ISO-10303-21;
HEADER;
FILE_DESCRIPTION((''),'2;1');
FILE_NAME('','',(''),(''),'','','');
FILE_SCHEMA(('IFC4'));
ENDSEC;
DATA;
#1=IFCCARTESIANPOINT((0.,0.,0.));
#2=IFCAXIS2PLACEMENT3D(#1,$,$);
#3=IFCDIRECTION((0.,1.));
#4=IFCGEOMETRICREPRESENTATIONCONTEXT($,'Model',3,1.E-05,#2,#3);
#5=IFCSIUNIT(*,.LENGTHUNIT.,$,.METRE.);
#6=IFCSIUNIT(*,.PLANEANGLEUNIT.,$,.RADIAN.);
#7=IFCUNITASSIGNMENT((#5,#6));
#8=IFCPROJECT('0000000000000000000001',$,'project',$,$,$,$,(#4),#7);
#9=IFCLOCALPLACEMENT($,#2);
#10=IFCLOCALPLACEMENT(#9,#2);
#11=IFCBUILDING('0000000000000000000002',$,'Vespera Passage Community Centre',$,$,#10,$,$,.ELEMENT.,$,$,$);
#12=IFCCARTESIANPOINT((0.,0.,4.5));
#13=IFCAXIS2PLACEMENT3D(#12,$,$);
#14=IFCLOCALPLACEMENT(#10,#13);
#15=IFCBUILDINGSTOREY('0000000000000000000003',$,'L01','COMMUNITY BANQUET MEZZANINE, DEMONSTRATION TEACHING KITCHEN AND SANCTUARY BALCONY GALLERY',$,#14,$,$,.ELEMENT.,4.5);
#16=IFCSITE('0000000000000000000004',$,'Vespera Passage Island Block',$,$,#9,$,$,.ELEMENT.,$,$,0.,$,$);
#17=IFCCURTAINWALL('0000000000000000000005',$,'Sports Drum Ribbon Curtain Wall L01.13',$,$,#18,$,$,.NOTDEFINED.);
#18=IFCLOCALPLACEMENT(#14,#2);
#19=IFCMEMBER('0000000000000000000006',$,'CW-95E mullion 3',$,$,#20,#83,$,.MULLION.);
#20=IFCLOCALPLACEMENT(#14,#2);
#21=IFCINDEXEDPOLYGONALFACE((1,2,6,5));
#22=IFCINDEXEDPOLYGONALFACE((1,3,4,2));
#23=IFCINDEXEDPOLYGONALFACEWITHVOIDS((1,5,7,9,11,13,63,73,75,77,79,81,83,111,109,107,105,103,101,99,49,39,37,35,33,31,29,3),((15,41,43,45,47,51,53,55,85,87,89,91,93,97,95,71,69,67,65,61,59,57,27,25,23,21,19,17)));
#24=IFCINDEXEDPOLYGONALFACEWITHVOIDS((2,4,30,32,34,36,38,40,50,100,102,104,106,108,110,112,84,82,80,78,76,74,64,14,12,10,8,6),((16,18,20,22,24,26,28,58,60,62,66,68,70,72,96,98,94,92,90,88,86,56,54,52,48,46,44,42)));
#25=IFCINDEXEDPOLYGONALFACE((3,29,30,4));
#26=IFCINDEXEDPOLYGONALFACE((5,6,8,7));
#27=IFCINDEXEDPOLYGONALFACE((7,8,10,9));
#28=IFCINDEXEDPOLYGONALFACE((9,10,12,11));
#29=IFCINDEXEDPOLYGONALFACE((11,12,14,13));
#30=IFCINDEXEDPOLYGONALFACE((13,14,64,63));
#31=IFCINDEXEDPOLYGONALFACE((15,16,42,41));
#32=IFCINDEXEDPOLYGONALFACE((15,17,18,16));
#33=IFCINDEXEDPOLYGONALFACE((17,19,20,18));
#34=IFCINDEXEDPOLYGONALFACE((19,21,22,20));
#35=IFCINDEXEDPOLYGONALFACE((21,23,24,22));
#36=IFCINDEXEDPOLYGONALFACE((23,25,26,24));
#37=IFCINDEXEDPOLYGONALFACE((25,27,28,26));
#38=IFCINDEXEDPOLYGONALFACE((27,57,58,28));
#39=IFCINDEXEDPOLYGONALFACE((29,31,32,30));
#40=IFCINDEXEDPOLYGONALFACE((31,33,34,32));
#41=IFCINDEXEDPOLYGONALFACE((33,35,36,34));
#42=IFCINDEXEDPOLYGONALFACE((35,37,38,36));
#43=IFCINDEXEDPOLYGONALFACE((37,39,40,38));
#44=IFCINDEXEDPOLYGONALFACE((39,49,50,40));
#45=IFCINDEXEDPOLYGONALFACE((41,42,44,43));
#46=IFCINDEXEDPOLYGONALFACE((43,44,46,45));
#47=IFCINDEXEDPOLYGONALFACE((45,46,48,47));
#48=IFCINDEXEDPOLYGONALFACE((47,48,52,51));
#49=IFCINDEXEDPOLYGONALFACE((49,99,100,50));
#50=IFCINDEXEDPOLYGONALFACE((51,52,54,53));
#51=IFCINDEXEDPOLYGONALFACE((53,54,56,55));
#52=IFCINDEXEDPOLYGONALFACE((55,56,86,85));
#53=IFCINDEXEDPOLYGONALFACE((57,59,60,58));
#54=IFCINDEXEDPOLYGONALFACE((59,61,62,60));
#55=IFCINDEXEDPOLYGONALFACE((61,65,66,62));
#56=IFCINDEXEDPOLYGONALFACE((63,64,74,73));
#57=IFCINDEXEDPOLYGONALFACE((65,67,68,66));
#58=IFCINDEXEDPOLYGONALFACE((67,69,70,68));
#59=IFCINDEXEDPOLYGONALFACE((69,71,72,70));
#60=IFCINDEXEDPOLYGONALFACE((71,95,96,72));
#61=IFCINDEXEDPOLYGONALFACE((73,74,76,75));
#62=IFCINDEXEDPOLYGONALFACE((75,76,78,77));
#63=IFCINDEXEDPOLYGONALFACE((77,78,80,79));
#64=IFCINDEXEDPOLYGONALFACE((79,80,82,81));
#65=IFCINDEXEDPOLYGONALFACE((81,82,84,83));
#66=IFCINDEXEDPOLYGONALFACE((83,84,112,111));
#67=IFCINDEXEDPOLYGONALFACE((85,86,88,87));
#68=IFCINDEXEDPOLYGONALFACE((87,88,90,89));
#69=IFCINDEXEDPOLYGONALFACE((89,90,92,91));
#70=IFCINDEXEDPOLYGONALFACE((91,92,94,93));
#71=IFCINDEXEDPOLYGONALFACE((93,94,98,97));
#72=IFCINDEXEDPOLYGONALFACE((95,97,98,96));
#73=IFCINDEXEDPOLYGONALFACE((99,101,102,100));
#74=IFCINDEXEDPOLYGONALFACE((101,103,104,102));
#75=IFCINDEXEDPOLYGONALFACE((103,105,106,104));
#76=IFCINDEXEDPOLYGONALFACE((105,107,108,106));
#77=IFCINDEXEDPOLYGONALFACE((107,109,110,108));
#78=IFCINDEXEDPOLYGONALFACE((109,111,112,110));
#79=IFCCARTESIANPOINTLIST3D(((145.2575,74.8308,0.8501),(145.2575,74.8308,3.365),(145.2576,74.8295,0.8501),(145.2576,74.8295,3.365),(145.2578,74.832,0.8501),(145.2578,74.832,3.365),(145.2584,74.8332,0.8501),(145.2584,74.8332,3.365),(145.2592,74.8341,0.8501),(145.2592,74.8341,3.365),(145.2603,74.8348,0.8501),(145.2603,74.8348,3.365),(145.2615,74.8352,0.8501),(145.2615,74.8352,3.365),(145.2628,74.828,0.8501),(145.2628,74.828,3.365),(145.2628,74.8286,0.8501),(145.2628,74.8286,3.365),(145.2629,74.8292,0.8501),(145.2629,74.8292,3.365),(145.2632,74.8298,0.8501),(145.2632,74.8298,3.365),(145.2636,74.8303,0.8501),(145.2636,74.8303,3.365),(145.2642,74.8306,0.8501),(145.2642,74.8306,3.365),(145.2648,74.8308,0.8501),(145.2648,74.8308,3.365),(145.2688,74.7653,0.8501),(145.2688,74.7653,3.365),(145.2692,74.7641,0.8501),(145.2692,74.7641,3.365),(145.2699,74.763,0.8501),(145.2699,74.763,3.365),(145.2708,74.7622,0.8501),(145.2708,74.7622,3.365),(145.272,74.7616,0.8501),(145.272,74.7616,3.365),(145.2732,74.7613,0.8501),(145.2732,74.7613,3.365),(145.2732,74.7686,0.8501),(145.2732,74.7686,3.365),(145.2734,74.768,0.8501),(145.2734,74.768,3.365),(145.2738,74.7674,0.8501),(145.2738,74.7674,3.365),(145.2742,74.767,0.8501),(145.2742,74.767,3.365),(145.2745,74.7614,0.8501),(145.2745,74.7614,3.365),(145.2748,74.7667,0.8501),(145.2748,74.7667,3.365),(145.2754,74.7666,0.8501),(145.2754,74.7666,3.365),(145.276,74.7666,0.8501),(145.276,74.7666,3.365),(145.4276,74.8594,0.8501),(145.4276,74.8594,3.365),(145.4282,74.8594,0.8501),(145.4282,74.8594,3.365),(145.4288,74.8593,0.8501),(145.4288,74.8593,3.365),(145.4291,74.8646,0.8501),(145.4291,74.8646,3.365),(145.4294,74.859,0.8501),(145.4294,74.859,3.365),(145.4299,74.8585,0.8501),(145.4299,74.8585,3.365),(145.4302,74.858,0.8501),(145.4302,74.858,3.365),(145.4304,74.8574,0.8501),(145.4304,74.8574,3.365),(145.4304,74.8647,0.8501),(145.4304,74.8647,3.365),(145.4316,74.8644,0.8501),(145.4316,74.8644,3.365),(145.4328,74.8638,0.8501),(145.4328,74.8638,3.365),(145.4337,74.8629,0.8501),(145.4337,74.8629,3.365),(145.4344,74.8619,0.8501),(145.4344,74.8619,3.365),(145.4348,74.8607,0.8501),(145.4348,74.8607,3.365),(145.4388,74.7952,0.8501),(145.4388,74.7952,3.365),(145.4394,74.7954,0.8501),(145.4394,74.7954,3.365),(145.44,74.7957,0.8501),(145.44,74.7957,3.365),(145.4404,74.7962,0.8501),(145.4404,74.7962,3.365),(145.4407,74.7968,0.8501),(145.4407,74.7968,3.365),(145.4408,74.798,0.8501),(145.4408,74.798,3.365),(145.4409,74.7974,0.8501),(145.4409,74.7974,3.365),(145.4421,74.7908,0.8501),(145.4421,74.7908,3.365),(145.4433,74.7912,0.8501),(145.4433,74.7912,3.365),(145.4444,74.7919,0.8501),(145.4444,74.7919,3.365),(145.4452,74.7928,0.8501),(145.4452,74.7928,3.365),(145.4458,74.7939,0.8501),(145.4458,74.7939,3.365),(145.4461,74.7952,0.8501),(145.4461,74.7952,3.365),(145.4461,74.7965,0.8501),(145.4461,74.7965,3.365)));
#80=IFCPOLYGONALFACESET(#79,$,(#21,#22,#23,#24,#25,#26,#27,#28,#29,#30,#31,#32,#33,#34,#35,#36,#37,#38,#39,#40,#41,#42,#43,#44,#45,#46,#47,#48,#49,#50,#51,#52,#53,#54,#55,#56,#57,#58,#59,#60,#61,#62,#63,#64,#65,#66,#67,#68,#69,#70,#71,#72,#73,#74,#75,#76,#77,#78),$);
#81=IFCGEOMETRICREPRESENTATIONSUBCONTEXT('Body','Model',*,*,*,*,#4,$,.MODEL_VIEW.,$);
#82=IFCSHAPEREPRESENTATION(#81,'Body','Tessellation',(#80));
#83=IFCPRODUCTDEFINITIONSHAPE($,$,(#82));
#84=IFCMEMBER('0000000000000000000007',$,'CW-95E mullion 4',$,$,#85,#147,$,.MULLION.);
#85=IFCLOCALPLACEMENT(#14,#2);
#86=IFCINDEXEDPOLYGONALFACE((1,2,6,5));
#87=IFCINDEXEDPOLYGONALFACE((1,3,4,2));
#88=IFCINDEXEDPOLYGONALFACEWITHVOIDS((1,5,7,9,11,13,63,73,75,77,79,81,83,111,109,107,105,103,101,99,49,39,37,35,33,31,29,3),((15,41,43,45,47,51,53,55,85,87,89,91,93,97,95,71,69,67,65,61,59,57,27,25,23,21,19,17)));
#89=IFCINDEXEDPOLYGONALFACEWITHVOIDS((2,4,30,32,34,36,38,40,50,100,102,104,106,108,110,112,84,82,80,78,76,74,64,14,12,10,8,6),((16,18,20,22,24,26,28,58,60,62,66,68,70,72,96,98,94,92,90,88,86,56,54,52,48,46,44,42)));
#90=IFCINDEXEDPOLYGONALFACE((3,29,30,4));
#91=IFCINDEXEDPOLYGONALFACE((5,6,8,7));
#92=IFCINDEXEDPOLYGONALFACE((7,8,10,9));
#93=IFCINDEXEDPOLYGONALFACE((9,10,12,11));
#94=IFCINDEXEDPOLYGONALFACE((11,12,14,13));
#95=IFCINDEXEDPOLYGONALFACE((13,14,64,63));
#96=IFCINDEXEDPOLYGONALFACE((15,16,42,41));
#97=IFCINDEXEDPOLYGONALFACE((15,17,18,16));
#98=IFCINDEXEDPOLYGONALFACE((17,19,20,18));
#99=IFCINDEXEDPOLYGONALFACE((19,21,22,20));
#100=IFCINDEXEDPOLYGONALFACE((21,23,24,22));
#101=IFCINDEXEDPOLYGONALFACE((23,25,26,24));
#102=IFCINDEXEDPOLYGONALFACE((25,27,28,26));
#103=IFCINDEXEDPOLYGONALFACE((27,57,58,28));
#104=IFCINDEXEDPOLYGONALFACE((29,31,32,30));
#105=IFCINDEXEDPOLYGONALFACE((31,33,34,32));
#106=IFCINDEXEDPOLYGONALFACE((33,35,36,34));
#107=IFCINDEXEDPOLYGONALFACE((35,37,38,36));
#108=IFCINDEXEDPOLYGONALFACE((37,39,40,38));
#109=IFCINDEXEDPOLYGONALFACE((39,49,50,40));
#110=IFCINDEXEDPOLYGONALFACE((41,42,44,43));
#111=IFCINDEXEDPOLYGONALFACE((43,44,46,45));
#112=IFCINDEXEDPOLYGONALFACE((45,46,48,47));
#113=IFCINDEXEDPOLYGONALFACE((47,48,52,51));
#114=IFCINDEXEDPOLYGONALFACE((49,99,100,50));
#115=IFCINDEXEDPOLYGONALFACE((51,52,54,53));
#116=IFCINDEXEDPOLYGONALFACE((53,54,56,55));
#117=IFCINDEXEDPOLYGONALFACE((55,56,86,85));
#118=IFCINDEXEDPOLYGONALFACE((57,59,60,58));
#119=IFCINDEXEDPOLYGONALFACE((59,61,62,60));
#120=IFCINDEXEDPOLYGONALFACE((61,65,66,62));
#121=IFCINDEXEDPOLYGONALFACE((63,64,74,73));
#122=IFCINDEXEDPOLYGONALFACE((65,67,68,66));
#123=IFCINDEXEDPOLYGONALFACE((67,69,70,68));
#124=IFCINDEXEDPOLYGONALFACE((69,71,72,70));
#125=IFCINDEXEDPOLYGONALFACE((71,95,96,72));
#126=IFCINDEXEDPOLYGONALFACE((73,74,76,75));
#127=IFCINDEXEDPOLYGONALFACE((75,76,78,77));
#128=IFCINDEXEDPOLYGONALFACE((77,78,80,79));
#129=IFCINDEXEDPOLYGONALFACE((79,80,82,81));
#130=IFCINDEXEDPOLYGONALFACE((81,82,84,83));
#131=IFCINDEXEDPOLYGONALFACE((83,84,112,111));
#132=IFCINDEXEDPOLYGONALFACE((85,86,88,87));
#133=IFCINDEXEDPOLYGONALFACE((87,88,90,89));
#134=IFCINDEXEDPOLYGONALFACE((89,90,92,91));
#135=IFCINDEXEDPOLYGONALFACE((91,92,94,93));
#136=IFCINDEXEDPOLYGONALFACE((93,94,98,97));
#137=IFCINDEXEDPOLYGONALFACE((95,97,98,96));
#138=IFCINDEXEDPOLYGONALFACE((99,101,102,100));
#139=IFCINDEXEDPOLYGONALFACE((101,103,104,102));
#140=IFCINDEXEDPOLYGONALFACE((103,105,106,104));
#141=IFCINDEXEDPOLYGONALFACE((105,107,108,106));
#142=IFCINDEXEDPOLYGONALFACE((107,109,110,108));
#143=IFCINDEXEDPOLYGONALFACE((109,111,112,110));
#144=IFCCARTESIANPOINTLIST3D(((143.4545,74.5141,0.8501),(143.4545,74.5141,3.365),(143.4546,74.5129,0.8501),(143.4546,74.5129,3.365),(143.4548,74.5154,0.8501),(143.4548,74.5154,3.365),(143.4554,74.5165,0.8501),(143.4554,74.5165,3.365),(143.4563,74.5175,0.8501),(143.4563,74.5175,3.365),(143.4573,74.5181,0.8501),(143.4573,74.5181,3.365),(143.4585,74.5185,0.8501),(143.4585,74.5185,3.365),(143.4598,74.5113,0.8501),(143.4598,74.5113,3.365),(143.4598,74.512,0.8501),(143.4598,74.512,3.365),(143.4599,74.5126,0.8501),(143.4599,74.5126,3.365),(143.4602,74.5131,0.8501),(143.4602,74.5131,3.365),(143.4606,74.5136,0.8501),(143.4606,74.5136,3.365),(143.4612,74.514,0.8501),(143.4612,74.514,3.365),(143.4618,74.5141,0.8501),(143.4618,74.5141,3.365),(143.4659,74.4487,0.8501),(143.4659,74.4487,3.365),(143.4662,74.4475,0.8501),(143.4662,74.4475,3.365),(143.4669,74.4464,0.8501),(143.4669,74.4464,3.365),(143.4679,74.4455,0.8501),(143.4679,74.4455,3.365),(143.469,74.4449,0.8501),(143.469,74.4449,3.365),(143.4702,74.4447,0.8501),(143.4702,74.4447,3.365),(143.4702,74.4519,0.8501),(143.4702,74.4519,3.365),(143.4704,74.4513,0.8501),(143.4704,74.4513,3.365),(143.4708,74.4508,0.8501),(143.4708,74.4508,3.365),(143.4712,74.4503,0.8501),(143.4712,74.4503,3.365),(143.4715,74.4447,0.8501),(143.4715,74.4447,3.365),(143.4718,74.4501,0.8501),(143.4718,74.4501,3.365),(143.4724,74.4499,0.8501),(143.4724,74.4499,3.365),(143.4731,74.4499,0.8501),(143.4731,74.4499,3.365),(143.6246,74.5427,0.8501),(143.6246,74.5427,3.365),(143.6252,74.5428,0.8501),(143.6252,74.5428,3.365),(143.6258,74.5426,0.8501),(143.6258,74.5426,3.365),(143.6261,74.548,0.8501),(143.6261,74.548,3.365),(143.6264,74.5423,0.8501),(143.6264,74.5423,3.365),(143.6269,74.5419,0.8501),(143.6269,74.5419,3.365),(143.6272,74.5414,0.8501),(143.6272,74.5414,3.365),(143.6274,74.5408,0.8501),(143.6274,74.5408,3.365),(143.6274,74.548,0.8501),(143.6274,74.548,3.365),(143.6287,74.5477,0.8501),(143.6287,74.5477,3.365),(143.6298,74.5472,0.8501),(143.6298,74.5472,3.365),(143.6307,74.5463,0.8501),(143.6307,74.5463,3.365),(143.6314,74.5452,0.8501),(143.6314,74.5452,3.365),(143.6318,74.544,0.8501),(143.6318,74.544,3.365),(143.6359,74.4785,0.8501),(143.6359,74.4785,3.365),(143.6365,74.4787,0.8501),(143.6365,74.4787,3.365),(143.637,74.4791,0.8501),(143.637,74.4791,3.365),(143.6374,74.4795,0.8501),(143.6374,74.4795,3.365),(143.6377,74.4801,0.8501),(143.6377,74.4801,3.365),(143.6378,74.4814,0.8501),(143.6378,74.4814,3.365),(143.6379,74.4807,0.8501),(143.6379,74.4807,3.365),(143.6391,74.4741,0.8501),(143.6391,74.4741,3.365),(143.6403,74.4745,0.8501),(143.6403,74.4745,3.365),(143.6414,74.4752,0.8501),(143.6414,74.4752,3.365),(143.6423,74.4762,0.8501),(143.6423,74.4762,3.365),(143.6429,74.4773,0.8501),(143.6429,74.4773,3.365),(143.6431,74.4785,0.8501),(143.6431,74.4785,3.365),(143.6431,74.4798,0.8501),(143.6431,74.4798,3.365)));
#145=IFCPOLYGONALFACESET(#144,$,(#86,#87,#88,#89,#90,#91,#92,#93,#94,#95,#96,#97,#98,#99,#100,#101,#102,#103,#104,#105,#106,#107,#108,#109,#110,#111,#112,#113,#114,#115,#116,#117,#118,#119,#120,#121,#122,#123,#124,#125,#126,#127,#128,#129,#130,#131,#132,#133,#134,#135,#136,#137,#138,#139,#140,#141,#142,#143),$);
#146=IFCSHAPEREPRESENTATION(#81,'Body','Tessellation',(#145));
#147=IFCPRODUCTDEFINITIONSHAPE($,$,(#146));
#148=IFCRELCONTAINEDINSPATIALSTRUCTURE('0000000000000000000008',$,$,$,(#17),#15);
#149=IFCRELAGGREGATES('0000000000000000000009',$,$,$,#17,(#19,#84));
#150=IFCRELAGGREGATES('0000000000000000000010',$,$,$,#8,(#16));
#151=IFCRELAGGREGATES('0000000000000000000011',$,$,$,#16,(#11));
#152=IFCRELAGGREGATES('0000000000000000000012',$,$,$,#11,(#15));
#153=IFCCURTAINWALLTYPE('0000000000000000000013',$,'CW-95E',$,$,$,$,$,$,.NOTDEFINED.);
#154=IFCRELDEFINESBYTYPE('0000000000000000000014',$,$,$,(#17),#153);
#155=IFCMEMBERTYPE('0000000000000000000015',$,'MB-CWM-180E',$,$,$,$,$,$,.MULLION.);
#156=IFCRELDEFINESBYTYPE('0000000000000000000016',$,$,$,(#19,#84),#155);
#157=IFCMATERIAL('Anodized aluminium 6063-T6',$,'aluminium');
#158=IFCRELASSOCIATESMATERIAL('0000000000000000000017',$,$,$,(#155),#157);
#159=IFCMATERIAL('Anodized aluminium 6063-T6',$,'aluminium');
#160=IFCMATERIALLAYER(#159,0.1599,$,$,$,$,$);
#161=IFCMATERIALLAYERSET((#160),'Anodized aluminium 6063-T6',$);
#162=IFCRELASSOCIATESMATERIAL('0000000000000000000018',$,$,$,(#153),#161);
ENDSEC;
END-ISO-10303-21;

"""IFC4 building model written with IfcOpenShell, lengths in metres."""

from ifc_helpers import new_model, si_unit, direction, frame, origin, origin_2d, place, context, subcontext, project, spatial, hollow_rectangle, extrude, material, layer, layer_set, material_profile, profile_set, type_object, element, aggregate, save


model = new_model("IFC4")

# Units and contexts
model_context = context("Model", 3, precision=1e-05, world=origin(), true_north=direction((0.0, 1.0)))
body_context = subcontext(model_context, "Body", "Model", "MODEL_VIEW")
ifc_project = project(units=[si_unit("LENGTHUNIT", "METRE"), si_unit("PLANEANGLEUNIT", "RADIAN")], contexts=[model_context])

# Site, building, storey
site_placement = place(None, origin())
site = spatial("IfcSite", under=ifc_project, at=site_placement, Name="Vespera Passage Island Block", CompositionType="ELEMENT", RefElevation=0.0)
building_placement = place(site_placement, origin())
building = spatial("IfcBuilding", under=site, at=building_placement, Name="Vespera Passage Community Centre", CompositionType="ELEMENT")
storey_placement = place(building_placement, frame((0.0, 0.0, 4.5)))
storey = spatial("IfcBuildingStorey", under=building, at=storey_placement, Name="L01", Description="COMMUNITY BANQUET MEZZANINE, DEMONSTRATION TEACHING KITCHEN AND SANCTUARY BALCONY GALLERY", CompositionType="ELEMENT", Elevation=4.5)

# Curtain wall, members
ifc_material_1 = material(Name="Anodized aluminium 6063-T6", Category="aluminium")
ifc_material_profile_1 = material_profile(ifc_material_1, hollow_rectangle(XDim=0.075, YDim=0.1799, WallThickness=0.0049, InnerFilletRadius=0.0024, OuterFilletRadius=0.0049, at=origin_2d()), Name="ALU180X75X5")
ifc_profile_set_1 = profile_set([ifc_material_profile_1], Name="Anodized aluminium 6063-T6")
member_type_1 = type_object("IfcMemberType", Name="MB-CWM-180E", PredefinedType="MULLION", material=ifc_profile_set_1)
ifc_material_2 = material(Name="Anodized aluminium 6063-T6", Category="aluminium")
ifc_layer_1 = layer(ifc_material_2, 0.1599)
ifc_layer_set_1 = layer_set([ifc_layer_1], Name="Anodized aluminium 6063-T6")
curtain_wall_type_1 = type_object("IfcCurtainWallType", Name="CW-95E", PredefinedType="NOTDEFINED", material=ifc_layer_set_1)
curtain_wall_1_placement = place(storey_placement, origin())
curtain_wall_1 = element("IfcCurtainWall", 1, at=curtain_wall_1_placement, inside=storey, type_object=curtain_wall_type_1, Name="Sports Drum Ribbon Curtain Wall L01.13", PredefinedType="NOTDEFINED")
member_1_placement = place(storey_placement, frame((145.3518, 74.813, 0.8501), z_axis=(0.0, 0.0, 1.0), x_axis=(0.172994, -0.984923, 0.0)))
member_1 = element("IfcMember", 2, at=member_1_placement, type_object=member_type_1, Name="CW-95E mullion 3", PredefinedType="MULLION", context=body_context, shape_type="SweptSolid", body=[
    extrude(hollow_rectangle(XDim=0.075, YDim=0.1799, WallThickness=0.0049, InnerFilletRadius=0.0024, OuterFilletRadius=0.0049, at=origin_2d()), origin(), (0.0, 0.0, 1.0), 2.5149),
])
member_2_placement = place(storey_placement, frame((143.5488, 74.4963, 0.8501), z_axis=(0.0, 0.0, 1.0), x_axis=(0.172994, -0.984923, 0.0)))
member_2 = element("IfcMember", 3, at=member_2_placement, type_object=member_type_1, Name="CW-95E mullion 4", PredefinedType="MULLION", context=body_context, shape_type="SweptSolid", body=[
    extrude(hollow_rectangle(XDim=0.075, YDim=0.1799, WallThickness=0.0049, InnerFilletRadius=0.0024, OuterFilletRadius=0.0049, at=origin_2d()), origin(), (0.0, 0.0, 1.0), 2.5149),
])

aggregate(curtain_wall_1, [member_1, member_2])

save(model, "model.ifc")
